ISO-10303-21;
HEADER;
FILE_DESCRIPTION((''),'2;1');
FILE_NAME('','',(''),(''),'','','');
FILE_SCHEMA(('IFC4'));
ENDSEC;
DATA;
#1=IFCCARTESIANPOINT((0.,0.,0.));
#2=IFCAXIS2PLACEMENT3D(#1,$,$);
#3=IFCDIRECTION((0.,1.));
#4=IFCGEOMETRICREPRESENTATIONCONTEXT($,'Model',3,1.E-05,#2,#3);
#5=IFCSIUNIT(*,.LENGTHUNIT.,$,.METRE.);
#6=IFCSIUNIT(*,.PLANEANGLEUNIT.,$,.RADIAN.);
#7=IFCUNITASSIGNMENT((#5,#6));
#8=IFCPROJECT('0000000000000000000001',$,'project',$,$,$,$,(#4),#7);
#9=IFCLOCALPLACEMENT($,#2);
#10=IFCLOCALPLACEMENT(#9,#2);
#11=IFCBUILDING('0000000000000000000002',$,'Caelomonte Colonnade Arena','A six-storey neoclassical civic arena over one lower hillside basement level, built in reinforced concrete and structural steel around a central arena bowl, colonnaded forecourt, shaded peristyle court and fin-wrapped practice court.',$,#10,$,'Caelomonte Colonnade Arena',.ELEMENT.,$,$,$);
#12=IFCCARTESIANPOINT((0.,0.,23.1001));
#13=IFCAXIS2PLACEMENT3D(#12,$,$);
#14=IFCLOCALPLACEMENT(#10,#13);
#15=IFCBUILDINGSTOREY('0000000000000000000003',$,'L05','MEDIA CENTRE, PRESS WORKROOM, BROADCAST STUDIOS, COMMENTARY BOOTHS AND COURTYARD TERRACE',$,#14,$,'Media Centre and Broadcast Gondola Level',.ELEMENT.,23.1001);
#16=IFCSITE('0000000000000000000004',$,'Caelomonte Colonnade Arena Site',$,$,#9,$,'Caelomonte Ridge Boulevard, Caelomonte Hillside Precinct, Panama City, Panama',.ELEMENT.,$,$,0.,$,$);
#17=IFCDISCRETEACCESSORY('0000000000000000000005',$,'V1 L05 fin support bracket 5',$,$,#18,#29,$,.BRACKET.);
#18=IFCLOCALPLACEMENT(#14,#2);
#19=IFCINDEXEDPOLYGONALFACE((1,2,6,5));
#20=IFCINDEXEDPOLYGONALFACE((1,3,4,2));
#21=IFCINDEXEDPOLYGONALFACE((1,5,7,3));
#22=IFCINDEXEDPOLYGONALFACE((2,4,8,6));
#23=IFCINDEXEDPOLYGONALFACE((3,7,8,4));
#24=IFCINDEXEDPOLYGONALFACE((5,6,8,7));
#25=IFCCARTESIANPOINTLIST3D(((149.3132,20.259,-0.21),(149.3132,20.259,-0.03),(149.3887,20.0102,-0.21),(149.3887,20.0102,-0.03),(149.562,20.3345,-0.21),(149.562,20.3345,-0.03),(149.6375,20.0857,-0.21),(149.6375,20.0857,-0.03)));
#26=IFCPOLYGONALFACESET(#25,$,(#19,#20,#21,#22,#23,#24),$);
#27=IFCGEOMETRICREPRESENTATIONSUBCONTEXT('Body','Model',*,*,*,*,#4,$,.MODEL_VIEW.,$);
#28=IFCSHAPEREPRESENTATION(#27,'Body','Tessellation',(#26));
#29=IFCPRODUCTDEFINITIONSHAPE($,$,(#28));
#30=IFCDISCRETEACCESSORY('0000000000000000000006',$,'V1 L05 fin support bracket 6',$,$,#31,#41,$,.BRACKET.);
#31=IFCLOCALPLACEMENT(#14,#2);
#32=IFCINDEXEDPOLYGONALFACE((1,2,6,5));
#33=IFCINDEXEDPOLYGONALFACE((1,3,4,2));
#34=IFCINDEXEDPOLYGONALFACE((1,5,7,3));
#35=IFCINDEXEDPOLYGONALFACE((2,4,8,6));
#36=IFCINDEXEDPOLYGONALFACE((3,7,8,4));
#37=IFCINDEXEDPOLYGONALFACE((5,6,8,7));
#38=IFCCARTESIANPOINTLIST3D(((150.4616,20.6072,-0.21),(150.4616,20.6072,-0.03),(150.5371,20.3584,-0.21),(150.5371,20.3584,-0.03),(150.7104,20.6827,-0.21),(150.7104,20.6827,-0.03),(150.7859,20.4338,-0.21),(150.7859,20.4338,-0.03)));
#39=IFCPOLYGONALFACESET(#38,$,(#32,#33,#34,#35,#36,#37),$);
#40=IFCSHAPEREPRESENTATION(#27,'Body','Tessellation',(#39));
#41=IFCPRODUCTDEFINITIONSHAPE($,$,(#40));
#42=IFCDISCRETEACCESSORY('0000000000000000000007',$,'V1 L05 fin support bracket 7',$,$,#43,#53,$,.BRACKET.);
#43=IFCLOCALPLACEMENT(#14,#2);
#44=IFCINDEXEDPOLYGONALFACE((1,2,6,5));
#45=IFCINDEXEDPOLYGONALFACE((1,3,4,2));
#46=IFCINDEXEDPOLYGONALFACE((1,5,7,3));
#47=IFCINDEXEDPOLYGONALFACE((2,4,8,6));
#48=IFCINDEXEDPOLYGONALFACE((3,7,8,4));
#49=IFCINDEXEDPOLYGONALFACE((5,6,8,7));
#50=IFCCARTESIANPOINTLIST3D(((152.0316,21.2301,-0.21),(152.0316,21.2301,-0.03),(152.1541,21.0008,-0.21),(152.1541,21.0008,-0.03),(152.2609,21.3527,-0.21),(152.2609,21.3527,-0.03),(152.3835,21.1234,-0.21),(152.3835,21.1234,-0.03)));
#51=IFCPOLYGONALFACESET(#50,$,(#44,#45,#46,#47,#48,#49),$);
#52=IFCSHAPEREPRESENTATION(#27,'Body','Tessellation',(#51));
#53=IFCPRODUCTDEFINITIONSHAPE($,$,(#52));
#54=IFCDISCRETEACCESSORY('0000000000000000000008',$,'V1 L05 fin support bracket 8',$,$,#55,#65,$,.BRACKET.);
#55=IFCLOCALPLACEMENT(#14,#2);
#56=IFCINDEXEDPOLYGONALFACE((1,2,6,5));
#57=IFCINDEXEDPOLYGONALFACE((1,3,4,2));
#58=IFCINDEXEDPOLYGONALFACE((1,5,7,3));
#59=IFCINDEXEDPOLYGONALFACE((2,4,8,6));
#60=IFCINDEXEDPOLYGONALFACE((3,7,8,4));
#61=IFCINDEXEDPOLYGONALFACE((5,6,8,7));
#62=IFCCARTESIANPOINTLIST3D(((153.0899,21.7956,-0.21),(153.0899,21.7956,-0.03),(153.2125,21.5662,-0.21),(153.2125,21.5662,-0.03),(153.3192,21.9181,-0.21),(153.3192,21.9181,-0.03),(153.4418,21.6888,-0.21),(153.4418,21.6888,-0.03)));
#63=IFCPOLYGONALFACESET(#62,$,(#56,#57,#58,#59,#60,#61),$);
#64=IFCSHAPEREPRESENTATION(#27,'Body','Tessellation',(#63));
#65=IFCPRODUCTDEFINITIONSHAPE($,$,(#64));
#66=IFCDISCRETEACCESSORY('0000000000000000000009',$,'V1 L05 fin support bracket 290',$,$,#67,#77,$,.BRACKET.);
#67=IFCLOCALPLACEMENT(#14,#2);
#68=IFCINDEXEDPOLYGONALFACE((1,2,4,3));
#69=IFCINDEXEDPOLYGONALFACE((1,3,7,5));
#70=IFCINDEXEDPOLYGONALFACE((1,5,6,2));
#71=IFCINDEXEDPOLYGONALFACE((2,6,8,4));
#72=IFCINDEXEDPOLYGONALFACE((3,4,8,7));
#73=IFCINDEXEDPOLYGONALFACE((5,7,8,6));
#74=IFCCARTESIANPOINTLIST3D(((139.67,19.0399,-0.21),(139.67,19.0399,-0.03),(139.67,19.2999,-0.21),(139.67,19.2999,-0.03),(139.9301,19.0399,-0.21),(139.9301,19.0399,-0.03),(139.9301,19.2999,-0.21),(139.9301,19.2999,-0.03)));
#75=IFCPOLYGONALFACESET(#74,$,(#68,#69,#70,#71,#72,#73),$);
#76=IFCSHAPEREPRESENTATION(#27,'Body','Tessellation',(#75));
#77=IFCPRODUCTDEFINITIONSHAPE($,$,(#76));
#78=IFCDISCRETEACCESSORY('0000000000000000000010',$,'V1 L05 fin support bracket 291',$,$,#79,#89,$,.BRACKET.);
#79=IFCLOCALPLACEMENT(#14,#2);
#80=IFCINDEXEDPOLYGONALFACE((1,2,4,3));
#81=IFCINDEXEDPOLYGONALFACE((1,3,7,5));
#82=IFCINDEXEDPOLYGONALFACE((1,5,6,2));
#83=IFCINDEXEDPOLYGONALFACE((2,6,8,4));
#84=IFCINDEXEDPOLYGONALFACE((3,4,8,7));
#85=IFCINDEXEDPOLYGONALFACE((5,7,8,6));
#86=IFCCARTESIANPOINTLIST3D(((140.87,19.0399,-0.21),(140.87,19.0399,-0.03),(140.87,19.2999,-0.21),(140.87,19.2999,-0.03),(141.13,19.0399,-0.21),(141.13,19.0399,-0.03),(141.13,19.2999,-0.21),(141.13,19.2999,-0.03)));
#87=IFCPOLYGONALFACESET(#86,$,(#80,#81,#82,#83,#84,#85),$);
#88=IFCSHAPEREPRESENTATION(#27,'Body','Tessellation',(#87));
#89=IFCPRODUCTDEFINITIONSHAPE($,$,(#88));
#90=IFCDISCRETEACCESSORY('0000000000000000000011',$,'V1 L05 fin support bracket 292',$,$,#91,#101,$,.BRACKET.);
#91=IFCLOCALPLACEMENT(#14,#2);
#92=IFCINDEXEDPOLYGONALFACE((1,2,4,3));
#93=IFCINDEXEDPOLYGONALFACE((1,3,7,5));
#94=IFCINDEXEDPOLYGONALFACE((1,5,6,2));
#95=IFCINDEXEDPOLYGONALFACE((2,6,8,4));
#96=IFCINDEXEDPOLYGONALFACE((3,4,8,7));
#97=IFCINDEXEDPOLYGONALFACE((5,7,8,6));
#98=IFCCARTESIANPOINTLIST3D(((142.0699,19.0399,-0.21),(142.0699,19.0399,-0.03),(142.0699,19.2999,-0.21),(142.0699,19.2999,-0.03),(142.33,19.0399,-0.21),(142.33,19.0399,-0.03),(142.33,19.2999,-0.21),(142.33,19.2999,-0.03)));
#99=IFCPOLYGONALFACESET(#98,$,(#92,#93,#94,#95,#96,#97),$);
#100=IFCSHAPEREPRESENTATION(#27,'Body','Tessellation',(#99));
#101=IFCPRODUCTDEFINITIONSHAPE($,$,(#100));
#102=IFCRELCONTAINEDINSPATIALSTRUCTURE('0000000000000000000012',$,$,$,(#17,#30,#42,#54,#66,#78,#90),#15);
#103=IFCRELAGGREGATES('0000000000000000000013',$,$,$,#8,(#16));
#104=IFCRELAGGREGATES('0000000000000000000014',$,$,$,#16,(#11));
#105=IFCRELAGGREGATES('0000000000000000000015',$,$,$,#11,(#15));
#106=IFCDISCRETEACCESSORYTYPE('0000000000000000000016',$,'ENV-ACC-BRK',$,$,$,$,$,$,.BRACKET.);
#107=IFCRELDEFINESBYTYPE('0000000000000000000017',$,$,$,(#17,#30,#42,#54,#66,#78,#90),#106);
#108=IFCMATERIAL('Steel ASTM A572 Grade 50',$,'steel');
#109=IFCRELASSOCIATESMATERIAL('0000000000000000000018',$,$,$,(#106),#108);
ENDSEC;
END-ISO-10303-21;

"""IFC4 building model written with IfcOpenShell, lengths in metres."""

from ifc_helpers import new_model, si_unit, direction, frame, origin, origin_2d, place, context, subcontext, project, spatial, rectangle, extrude, material, type_object, element, save


model = new_model("IFC4")

# Units and contexts
model_context = context("Model", 3, precision=1e-05, world=origin(), true_north=direction((0.0, 1.0)))
body_context = subcontext(model_context, "Body", "Model", "MODEL_VIEW")
ifc_project = project(units=[si_unit("LENGTHUNIT", "METRE"), si_unit("PLANEANGLEUNIT", "RADIAN")], contexts=[model_context])

# Site, building, storey
site_placement = place(None, origin())
site = spatial("IfcSite", under=ifc_project, at=site_placement, Name="Caelomonte Colonnade Arena Site", LongName="Caelomonte Ridge Boulevard, Caelomonte Hillside Precinct, Panama City, Panama", CompositionType="ELEMENT", RefElevation=0.0)
building_placement = place(site_placement, origin())
building = spatial("IfcBuilding", under=site, at=building_placement, Name="Caelomonte Colonnade Arena", Description="A six-storey neoclassical civic arena over one lower hillside basement level, built in reinforced concrete and structural steel around a central arena bowl, colonnaded forecourt, shaded peristyle court and fin-wrapped practice court.", LongName="Caelomonte Colonnade Arena", CompositionType="ELEMENT")
storey_placement = place(building_placement, frame((0.0, 0.0, 23.1001)))
storey = spatial("IfcBuildingStorey", under=building, at=storey_placement, Name="L05", Description="MEDIA CENTRE, PRESS WORKROOM, BROADCAST STUDIOS, COMMENTARY BOOTHS AND COURTYARD TERRACE", LongName="Media Centre and Broadcast Gondola Level", CompositionType="ELEMENT", Elevation=23.1001)

# Discrete accessories
ifc_material_1 = material(Name="Steel ASTM A572 Grade 50", Category="steel")
discrete_accessory_type = type_object("IfcDiscreteAccessoryType", Name="ENV-ACC-BRK", PredefinedType="BRACKET", material=ifc_material_1)
for number, where, z_axis, x_axis, name in (
    (1, (149.4753, 20.1724, -0.21), (0.0, 0.0, 1.0), (0.956943, 0.290276, 0.0), "V1 L05 fin support bracket 5"),
    (2, (150.6238, 20.5205, -0.21), (0.0, 0.0, 1.0), (0.956943, 0.290276, 0.0), "V1 L05 fin support bracket 6"),
    (3, (152.2075, 21.1768, -0.21), (0.0, 0.0, 1.0), (0.881921, 0.471397, 0.0), "V1 L05 fin support bracket 7"),
    (4, (153.2659, 21.7422, -0.21), (0.0, 0.0, 1.0), (0.881921, 0.471397, 0.0), "V1 L05 fin support bracket 8"),
    (5, (139.8, 19.1699, -0.21), (0.0, 0.0, 1.0), (1.0, 0.0, 0.0), "V1 L05 fin support bracket 290"),
    (6, (141.0, 19.1699, -0.21), (0.0, 0.0, 1.0), (1.0, 0.0, 0.0), "V1 L05 fin support bracket 291"),
    (7, (142.2, 19.1699, -0.21), (0.0, 0.0, 1.0), (1.0, 0.0, 0.0), "V1 L05 fin support bracket 292"),
):
    element("IfcDiscreteAccessory", number, at=place(storey_placement, frame(where, z_axis=z_axis, x_axis=x_axis)), inside=storey, type_object=discrete_accessory_type, Name=name, PredefinedType="BRACKET", context=body_context, shape_type="SweptSolid", body=[
        extrude(rectangle(XDim=0.26, YDim=0.26, at=origin_2d()), origin(), (0.0, 0.0, 1.0), 0.1799),
    ])

save(model, "model.ifc")
